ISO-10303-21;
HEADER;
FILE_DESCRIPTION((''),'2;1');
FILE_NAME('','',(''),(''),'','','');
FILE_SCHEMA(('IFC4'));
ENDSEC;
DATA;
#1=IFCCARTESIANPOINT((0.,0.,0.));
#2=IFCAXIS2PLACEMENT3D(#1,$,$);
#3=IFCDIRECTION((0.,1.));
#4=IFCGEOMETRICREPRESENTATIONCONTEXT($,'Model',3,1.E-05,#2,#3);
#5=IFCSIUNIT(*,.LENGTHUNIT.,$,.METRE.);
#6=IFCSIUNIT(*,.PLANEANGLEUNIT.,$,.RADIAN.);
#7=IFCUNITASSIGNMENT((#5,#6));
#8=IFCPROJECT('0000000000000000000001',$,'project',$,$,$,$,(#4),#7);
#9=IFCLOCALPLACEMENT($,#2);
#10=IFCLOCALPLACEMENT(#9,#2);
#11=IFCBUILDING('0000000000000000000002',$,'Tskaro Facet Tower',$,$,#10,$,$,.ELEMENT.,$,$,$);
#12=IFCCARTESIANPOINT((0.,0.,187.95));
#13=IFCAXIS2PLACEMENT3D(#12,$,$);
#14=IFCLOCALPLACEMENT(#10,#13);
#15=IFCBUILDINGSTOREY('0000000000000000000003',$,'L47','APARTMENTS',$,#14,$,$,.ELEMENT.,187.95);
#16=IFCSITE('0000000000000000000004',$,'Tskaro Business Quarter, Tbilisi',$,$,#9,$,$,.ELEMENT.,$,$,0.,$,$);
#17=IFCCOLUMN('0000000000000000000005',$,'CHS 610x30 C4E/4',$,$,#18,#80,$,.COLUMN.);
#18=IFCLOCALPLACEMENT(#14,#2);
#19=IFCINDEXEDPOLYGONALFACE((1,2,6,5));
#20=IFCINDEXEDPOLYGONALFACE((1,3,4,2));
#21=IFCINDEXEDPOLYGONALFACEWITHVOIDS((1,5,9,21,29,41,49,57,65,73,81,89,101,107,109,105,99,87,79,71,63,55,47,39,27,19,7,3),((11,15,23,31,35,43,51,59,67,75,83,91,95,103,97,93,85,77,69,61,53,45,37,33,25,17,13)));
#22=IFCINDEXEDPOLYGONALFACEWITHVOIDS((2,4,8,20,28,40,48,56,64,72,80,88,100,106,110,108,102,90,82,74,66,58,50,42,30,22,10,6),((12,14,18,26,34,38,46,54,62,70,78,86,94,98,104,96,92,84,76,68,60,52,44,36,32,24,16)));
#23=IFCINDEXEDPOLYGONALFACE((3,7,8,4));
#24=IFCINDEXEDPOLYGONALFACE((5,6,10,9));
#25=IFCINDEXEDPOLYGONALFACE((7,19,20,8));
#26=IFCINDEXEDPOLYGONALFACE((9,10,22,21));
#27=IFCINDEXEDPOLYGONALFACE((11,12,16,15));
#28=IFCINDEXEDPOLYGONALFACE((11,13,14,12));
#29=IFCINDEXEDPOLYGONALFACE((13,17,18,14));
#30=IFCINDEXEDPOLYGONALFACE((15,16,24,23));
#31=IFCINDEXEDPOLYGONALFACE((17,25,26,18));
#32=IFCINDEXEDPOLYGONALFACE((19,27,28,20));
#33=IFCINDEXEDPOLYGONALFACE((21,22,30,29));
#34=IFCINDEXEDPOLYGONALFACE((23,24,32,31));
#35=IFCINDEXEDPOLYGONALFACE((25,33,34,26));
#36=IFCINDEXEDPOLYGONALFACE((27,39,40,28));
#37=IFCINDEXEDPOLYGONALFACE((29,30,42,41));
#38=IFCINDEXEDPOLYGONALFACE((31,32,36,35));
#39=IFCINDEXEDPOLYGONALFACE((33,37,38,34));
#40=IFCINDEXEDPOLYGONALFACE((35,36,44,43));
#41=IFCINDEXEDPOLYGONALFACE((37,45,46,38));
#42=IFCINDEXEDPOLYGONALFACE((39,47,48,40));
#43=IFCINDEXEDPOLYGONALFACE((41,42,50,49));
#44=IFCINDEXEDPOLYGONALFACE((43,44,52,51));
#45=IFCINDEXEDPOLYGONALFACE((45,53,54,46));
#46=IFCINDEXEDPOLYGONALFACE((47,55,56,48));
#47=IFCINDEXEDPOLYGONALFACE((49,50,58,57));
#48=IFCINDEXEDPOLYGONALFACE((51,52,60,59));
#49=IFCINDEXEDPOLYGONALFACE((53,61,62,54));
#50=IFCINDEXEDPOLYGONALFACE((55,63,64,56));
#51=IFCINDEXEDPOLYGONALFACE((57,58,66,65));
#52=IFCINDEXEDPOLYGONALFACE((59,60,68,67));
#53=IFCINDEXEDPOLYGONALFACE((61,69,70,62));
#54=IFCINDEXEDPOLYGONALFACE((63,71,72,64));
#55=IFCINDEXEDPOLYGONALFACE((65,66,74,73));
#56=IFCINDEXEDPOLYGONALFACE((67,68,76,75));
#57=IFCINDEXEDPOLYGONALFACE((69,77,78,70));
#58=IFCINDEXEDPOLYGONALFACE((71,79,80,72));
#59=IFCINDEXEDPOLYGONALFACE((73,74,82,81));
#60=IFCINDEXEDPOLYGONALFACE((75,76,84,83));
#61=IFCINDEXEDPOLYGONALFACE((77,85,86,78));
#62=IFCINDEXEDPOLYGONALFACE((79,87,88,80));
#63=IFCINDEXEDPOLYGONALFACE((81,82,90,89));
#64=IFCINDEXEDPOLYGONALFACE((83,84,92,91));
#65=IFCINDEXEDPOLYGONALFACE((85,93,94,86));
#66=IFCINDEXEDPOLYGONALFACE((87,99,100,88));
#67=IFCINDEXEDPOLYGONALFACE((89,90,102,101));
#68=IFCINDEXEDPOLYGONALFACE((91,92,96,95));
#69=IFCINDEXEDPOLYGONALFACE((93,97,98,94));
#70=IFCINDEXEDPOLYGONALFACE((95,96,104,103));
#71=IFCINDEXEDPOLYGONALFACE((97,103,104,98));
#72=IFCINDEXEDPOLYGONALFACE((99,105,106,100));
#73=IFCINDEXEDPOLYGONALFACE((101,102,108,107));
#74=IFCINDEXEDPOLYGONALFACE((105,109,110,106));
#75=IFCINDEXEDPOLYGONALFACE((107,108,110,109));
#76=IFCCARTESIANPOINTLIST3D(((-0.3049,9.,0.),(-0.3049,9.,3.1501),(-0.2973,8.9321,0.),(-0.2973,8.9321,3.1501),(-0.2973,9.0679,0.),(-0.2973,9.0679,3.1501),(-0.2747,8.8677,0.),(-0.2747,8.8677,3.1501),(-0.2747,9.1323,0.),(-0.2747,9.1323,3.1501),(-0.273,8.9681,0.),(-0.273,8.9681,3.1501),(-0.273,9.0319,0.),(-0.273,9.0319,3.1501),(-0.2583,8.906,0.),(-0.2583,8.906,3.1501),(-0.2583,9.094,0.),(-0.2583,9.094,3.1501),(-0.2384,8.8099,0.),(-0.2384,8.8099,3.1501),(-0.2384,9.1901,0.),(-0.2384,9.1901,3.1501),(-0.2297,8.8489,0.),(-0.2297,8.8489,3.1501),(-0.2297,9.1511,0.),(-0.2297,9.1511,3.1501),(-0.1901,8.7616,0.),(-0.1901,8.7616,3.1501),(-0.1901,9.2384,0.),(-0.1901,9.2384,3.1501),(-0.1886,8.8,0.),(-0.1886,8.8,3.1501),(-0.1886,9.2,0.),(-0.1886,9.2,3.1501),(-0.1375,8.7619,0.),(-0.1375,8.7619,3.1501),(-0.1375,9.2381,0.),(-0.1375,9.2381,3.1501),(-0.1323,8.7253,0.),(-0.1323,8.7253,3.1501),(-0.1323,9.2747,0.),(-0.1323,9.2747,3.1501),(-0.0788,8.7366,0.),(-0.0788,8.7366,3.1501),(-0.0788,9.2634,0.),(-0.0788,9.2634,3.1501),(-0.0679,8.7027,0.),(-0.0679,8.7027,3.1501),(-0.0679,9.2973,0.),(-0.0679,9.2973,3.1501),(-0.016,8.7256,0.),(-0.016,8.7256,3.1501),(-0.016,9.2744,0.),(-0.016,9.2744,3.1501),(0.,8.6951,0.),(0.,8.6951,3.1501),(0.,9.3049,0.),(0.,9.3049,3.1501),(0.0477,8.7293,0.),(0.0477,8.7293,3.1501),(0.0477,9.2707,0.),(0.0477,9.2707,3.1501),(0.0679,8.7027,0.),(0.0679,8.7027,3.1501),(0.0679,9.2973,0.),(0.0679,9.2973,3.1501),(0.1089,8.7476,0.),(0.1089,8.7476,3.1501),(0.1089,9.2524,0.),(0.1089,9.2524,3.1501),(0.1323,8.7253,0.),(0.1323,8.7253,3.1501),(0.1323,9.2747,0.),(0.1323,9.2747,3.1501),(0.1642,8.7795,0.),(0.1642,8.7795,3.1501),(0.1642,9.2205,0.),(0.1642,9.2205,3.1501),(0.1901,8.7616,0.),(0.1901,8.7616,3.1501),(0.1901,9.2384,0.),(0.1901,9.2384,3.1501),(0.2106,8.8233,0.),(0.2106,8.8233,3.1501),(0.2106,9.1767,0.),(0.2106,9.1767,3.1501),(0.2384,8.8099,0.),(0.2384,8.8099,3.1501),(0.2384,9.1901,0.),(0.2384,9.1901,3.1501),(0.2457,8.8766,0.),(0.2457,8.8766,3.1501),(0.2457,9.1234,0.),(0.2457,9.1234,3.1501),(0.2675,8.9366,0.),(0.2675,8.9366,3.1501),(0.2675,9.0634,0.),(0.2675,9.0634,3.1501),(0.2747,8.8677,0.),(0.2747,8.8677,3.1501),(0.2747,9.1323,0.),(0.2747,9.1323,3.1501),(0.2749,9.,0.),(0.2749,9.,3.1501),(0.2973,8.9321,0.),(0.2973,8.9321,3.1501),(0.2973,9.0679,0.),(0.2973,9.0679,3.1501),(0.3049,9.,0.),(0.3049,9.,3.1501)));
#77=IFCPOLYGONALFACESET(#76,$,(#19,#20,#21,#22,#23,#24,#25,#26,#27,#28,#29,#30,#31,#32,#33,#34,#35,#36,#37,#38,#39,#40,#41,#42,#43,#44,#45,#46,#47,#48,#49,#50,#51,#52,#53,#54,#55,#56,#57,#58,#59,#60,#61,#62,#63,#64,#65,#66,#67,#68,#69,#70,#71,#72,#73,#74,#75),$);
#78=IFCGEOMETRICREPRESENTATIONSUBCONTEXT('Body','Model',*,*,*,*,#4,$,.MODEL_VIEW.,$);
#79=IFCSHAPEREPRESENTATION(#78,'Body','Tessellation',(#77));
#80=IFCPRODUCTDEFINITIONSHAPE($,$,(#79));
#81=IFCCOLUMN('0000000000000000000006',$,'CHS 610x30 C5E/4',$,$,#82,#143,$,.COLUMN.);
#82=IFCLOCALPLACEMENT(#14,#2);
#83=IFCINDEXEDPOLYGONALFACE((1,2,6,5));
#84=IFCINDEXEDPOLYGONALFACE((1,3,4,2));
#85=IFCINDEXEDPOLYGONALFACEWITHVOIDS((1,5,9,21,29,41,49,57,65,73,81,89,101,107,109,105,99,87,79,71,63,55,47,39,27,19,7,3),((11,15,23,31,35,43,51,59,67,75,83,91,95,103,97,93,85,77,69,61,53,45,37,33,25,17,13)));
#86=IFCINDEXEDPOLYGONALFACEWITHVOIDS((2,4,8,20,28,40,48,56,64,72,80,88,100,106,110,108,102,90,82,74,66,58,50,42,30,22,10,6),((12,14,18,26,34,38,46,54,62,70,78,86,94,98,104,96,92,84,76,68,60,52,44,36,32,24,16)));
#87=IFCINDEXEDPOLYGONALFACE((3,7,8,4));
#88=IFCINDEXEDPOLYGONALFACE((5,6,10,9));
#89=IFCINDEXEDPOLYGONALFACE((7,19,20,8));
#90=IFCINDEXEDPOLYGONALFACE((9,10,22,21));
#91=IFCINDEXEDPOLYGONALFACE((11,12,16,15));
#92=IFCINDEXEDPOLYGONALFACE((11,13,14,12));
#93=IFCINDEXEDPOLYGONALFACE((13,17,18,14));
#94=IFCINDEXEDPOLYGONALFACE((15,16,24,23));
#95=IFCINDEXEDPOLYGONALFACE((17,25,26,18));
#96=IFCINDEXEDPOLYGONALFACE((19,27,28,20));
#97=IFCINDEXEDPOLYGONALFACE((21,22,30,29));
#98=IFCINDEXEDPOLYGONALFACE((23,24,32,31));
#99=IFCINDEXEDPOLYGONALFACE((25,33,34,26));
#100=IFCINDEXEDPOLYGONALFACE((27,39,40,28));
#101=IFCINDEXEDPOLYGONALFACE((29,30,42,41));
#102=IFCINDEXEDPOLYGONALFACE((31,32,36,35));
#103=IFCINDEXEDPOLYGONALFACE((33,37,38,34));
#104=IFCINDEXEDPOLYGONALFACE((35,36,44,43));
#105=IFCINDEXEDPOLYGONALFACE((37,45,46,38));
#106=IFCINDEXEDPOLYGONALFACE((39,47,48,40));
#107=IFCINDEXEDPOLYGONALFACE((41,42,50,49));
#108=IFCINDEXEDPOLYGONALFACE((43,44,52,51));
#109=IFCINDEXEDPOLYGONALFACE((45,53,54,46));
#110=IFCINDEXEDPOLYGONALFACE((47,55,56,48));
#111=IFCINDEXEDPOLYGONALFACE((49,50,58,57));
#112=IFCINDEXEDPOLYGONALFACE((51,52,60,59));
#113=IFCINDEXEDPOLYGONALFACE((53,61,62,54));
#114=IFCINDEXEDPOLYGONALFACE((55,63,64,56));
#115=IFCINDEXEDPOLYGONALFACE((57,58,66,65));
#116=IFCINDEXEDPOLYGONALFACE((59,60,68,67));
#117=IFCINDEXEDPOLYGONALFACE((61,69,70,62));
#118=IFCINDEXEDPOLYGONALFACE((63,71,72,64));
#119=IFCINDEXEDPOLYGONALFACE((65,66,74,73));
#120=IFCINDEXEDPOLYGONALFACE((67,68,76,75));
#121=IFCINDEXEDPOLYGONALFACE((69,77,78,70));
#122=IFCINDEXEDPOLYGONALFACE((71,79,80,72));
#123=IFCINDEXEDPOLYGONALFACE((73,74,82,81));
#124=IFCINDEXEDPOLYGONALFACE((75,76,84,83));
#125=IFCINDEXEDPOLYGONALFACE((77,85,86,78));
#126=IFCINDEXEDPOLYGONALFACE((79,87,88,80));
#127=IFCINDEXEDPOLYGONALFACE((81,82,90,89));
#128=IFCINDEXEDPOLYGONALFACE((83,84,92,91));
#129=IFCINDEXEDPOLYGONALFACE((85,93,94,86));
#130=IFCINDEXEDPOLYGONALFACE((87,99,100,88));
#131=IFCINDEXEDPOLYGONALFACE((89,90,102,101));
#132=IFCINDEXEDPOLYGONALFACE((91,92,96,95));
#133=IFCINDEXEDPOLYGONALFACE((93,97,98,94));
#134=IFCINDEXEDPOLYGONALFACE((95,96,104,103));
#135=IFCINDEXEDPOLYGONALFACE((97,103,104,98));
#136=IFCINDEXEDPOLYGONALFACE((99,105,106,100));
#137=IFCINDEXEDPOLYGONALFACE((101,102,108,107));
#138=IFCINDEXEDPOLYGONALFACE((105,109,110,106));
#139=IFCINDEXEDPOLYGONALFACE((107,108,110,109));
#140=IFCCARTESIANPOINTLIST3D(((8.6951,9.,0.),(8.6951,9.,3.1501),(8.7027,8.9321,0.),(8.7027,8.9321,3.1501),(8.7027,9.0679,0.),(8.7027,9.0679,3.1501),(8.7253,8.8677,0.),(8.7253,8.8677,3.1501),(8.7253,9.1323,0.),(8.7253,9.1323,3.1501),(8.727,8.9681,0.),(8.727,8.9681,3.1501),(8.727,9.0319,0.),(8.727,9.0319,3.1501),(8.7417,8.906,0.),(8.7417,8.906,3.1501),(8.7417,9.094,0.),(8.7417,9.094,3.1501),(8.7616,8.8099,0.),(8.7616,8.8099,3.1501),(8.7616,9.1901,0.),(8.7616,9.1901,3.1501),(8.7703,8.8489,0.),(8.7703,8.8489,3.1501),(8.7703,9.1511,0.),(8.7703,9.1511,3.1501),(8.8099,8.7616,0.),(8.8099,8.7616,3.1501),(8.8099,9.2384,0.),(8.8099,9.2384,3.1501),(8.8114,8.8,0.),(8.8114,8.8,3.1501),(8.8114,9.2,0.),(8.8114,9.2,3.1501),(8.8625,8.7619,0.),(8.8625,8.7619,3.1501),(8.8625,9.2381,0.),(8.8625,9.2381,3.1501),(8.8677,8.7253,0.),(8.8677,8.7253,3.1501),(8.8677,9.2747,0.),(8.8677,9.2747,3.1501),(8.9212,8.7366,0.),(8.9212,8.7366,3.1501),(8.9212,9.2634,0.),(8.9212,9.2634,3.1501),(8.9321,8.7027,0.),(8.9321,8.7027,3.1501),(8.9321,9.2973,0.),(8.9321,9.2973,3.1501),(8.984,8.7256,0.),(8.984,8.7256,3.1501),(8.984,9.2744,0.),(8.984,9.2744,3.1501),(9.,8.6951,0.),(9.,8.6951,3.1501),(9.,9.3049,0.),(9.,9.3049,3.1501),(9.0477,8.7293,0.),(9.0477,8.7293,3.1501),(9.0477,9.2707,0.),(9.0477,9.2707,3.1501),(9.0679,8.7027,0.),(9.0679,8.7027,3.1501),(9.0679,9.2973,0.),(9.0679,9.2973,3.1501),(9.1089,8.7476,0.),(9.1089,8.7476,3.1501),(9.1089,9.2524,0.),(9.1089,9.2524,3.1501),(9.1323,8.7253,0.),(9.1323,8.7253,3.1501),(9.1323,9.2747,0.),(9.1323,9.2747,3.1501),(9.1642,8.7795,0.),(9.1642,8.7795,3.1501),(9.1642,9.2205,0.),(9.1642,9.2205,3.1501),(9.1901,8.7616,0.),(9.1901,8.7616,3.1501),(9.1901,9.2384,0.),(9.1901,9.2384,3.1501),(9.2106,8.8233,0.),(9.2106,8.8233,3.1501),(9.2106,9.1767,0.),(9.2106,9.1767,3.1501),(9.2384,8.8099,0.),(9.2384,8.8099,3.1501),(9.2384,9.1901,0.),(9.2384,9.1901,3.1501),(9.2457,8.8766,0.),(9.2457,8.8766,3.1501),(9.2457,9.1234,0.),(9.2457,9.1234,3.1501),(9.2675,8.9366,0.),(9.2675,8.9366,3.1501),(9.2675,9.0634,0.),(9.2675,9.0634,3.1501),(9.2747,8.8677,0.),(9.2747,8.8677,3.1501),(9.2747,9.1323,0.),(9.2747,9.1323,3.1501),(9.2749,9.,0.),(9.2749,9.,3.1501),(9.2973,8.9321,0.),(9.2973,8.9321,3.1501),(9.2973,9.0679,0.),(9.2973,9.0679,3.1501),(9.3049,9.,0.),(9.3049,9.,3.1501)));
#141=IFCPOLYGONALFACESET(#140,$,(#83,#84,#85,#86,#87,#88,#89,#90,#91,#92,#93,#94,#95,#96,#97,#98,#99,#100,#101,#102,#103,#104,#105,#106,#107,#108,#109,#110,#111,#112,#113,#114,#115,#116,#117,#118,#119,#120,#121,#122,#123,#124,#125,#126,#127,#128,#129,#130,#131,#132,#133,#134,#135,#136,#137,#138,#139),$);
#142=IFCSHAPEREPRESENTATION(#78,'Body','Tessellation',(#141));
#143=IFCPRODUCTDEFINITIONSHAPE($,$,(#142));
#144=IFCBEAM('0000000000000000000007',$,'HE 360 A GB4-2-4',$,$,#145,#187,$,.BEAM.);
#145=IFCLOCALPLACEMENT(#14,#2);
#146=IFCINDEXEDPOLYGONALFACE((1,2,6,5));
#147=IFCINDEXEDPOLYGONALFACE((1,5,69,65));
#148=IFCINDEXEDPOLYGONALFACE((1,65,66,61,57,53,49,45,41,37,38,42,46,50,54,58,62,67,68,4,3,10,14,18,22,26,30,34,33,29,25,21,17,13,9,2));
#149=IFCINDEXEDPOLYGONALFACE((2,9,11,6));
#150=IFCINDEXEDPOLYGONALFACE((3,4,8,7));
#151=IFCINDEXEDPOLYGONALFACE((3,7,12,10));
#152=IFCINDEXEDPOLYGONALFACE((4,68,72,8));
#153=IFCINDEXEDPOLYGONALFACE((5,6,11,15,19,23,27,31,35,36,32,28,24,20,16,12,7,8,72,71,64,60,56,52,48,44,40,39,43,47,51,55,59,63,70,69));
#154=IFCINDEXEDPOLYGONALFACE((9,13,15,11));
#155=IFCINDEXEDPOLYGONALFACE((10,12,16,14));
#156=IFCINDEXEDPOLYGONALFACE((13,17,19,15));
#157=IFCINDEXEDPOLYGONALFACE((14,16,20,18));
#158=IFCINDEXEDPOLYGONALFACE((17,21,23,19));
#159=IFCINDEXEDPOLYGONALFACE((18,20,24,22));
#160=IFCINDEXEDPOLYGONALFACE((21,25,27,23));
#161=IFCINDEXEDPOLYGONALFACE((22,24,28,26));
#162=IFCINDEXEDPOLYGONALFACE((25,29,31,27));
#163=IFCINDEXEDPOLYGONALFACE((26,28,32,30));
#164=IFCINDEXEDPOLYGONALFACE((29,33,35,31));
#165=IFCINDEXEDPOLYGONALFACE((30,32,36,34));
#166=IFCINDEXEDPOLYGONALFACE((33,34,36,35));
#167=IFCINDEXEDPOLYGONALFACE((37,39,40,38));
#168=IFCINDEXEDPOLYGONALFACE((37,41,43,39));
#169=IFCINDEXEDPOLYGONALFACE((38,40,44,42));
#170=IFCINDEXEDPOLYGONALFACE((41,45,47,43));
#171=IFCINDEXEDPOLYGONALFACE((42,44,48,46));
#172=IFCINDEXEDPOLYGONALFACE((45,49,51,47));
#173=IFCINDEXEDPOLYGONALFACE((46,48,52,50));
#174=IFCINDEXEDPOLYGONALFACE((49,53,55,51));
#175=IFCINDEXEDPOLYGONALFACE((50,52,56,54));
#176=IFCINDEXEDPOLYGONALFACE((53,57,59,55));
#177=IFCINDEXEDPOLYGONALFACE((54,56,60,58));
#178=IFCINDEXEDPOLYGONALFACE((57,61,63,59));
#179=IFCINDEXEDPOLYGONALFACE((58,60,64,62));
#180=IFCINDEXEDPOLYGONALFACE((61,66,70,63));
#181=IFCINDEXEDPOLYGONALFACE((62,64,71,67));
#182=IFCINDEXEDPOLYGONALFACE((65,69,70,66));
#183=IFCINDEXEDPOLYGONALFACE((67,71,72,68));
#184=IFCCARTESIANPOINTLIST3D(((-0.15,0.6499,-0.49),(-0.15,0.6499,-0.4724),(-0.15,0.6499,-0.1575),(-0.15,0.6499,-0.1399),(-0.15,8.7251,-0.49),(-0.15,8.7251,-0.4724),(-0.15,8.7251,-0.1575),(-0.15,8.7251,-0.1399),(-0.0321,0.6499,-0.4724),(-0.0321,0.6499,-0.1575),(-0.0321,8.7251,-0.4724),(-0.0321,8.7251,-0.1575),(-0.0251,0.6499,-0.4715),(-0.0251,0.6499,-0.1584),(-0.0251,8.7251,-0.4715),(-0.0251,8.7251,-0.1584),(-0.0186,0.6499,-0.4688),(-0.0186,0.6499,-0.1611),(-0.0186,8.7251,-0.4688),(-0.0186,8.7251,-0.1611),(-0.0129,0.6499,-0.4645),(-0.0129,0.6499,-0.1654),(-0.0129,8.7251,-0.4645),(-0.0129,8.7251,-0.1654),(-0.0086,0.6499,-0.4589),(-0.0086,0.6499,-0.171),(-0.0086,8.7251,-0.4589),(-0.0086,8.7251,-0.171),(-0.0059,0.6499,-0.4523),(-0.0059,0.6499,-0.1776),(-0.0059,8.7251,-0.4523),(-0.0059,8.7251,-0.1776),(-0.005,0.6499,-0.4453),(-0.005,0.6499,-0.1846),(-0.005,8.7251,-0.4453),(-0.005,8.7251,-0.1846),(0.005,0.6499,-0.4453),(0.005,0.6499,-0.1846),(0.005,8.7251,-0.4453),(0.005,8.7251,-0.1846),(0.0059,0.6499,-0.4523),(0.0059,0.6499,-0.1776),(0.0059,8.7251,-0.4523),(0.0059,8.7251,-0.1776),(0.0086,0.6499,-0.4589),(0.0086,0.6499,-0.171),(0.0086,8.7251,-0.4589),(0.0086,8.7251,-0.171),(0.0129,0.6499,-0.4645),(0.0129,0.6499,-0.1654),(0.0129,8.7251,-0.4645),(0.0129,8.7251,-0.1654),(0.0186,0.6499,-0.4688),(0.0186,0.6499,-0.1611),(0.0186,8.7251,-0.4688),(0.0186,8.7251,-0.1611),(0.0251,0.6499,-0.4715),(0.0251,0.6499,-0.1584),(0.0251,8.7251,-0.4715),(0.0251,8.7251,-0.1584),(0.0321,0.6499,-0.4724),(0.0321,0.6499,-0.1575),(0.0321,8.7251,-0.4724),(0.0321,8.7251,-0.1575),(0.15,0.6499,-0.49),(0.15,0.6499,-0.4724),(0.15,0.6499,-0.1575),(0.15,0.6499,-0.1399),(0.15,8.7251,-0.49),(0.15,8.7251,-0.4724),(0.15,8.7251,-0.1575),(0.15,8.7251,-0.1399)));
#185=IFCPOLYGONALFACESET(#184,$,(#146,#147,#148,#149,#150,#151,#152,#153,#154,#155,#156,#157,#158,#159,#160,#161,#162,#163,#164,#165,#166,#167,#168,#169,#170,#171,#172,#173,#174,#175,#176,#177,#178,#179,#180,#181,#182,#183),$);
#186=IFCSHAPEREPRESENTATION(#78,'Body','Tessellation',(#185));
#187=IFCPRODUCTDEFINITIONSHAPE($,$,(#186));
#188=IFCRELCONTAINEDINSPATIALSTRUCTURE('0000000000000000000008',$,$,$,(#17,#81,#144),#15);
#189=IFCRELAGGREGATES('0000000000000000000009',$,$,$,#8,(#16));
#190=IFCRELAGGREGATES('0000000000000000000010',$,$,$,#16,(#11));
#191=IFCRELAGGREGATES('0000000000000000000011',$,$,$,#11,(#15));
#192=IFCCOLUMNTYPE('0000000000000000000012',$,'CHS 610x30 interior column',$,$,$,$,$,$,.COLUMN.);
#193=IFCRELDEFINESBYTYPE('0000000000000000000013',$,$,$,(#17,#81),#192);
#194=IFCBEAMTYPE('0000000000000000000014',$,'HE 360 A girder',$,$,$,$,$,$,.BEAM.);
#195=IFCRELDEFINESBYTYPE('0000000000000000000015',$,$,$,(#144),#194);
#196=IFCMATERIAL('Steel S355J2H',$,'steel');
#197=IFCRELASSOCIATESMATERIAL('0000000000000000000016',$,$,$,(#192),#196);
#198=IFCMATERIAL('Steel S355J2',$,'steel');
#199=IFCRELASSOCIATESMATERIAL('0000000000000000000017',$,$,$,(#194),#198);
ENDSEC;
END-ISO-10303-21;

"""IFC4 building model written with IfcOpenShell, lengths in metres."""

from ifc_helpers import new_model, si_unit, direction, frame, origin, origin_2d, place, context, subcontext, project, spatial, hollow_circle, i_section, extrude, material, material_profile, profile_set, type_object, element, save


model = new_model("IFC4")

# Units and contexts
model_context = context("Model", 3, precision=1e-05, world=origin(), true_north=direction((0.0, 1.0)))
body_context = subcontext(model_context, "Body", "Model", "MODEL_VIEW")
ifc_project = project(units=[si_unit("LENGTHUNIT", "METRE"), si_unit("PLANEANGLEUNIT", "RADIAN")], contexts=[model_context])

# Site, building, storey
site_placement = place(None, origin())
site = spatial("IfcSite", under=ifc_project, at=site_placement, Name="Tskaro Business Quarter, Tbilisi", CompositionType="ELEMENT", RefElevation=0.0)
building_placement = place(site_placement, origin())
building = spatial("IfcBuilding", under=site, at=building_placement, Name="Tskaro Facet Tower", CompositionType="ELEMENT")
storey_placement = place(building_placement, frame((0.0, 0.0, 187.95)))
storey = spatial("IfcBuildingStorey", under=building, at=storey_placement, Name="L47", Description="APARTMENTS", CompositionType="ELEMENT", Elevation=187.95)

# Columns
ifc_material_1 = material(Name="Steel S355J2H", Category="steel")
ifc_material_profile_1 = material_profile(ifc_material_1, hollow_circle(Radius=0.3049, WallThickness=0.03, at=origin_2d()), Name="CHS 610x30")
ifc_profile_set_1 = profile_set([ifc_material_profile_1], Name="Steel S355J2H")
column_type = type_object("IfcColumnType", Name="CHS 610x30 interior column", PredefinedType="COLUMN", material=ifc_profile_set_1)
for number, where, z_axis, x_axis, name in (
    (1, (0.0, 9.0, 0.0), (0.0, 0.0, 1.0), (1.0, 0.0, 0.0), "CHS 610x30 C4E/4"),
    (2, (9.0, 9.0, 0.0), (0.0, 0.0, 1.0), (1.0, 0.0, 0.0), "CHS 610x30 C5E/4"),
):
    element("IfcColumn", number, at=place(storey_placement, frame(where, z_axis=z_axis, x_axis=x_axis)), inside=storey, type_object=column_type, Name=name, PredefinedType="COLUMN", context=body_context, shape_type="SweptSolid", body=[
        extrude(hollow_circle(Radius=0.3049, WallThickness=0.03, at=origin_2d()), origin(), (0.0, 0.0, 1.0), 3.1501),
    ])

# Beam
ifc_material_2 = material(Name="Steel S355J2", Category="steel")
ifc_material_profile_2 = material_profile(ifc_material_2, i_section(OverallWidth=0.3, OverallDepth=0.3501, WebThickness=0.01, FlangeThickness=0.0176, FilletRadius=0.0271, at=origin_2d()), Name="HE 360 A")
ifc_profile_set_2 = profile_set([ifc_material_profile_2], Name="Steel S355J2")
beam_type_1 = type_object("IfcBeamType", Name="HE 360 A girder", PredefinedType="BEAM", material=ifc_profile_set_2)
beam_1_placement = place(storey_placement, frame((0.0, 0.6499, -0.3149), z_axis=(0.0, 1.0, 0.0), x_axis=(-1.0, 0.0, 0.0)))
element("IfcBeam", 3, at=beam_1_placement, inside=storey, type_object=beam_type_1, Name="HE 360 A GB4-2-4", PredefinedType="BEAM", context=body_context, shape_type="SweptSolid", body=[
    extrude(i_section(OverallWidth=0.3, OverallDepth=0.3501, WebThickness=0.01, FlangeThickness=0.0176, FilletRadius=0.0271, at=origin_2d()), origin(), (0.0, 0.0, 1.0), 8.0752),
])

save(model, "model.ifc")
